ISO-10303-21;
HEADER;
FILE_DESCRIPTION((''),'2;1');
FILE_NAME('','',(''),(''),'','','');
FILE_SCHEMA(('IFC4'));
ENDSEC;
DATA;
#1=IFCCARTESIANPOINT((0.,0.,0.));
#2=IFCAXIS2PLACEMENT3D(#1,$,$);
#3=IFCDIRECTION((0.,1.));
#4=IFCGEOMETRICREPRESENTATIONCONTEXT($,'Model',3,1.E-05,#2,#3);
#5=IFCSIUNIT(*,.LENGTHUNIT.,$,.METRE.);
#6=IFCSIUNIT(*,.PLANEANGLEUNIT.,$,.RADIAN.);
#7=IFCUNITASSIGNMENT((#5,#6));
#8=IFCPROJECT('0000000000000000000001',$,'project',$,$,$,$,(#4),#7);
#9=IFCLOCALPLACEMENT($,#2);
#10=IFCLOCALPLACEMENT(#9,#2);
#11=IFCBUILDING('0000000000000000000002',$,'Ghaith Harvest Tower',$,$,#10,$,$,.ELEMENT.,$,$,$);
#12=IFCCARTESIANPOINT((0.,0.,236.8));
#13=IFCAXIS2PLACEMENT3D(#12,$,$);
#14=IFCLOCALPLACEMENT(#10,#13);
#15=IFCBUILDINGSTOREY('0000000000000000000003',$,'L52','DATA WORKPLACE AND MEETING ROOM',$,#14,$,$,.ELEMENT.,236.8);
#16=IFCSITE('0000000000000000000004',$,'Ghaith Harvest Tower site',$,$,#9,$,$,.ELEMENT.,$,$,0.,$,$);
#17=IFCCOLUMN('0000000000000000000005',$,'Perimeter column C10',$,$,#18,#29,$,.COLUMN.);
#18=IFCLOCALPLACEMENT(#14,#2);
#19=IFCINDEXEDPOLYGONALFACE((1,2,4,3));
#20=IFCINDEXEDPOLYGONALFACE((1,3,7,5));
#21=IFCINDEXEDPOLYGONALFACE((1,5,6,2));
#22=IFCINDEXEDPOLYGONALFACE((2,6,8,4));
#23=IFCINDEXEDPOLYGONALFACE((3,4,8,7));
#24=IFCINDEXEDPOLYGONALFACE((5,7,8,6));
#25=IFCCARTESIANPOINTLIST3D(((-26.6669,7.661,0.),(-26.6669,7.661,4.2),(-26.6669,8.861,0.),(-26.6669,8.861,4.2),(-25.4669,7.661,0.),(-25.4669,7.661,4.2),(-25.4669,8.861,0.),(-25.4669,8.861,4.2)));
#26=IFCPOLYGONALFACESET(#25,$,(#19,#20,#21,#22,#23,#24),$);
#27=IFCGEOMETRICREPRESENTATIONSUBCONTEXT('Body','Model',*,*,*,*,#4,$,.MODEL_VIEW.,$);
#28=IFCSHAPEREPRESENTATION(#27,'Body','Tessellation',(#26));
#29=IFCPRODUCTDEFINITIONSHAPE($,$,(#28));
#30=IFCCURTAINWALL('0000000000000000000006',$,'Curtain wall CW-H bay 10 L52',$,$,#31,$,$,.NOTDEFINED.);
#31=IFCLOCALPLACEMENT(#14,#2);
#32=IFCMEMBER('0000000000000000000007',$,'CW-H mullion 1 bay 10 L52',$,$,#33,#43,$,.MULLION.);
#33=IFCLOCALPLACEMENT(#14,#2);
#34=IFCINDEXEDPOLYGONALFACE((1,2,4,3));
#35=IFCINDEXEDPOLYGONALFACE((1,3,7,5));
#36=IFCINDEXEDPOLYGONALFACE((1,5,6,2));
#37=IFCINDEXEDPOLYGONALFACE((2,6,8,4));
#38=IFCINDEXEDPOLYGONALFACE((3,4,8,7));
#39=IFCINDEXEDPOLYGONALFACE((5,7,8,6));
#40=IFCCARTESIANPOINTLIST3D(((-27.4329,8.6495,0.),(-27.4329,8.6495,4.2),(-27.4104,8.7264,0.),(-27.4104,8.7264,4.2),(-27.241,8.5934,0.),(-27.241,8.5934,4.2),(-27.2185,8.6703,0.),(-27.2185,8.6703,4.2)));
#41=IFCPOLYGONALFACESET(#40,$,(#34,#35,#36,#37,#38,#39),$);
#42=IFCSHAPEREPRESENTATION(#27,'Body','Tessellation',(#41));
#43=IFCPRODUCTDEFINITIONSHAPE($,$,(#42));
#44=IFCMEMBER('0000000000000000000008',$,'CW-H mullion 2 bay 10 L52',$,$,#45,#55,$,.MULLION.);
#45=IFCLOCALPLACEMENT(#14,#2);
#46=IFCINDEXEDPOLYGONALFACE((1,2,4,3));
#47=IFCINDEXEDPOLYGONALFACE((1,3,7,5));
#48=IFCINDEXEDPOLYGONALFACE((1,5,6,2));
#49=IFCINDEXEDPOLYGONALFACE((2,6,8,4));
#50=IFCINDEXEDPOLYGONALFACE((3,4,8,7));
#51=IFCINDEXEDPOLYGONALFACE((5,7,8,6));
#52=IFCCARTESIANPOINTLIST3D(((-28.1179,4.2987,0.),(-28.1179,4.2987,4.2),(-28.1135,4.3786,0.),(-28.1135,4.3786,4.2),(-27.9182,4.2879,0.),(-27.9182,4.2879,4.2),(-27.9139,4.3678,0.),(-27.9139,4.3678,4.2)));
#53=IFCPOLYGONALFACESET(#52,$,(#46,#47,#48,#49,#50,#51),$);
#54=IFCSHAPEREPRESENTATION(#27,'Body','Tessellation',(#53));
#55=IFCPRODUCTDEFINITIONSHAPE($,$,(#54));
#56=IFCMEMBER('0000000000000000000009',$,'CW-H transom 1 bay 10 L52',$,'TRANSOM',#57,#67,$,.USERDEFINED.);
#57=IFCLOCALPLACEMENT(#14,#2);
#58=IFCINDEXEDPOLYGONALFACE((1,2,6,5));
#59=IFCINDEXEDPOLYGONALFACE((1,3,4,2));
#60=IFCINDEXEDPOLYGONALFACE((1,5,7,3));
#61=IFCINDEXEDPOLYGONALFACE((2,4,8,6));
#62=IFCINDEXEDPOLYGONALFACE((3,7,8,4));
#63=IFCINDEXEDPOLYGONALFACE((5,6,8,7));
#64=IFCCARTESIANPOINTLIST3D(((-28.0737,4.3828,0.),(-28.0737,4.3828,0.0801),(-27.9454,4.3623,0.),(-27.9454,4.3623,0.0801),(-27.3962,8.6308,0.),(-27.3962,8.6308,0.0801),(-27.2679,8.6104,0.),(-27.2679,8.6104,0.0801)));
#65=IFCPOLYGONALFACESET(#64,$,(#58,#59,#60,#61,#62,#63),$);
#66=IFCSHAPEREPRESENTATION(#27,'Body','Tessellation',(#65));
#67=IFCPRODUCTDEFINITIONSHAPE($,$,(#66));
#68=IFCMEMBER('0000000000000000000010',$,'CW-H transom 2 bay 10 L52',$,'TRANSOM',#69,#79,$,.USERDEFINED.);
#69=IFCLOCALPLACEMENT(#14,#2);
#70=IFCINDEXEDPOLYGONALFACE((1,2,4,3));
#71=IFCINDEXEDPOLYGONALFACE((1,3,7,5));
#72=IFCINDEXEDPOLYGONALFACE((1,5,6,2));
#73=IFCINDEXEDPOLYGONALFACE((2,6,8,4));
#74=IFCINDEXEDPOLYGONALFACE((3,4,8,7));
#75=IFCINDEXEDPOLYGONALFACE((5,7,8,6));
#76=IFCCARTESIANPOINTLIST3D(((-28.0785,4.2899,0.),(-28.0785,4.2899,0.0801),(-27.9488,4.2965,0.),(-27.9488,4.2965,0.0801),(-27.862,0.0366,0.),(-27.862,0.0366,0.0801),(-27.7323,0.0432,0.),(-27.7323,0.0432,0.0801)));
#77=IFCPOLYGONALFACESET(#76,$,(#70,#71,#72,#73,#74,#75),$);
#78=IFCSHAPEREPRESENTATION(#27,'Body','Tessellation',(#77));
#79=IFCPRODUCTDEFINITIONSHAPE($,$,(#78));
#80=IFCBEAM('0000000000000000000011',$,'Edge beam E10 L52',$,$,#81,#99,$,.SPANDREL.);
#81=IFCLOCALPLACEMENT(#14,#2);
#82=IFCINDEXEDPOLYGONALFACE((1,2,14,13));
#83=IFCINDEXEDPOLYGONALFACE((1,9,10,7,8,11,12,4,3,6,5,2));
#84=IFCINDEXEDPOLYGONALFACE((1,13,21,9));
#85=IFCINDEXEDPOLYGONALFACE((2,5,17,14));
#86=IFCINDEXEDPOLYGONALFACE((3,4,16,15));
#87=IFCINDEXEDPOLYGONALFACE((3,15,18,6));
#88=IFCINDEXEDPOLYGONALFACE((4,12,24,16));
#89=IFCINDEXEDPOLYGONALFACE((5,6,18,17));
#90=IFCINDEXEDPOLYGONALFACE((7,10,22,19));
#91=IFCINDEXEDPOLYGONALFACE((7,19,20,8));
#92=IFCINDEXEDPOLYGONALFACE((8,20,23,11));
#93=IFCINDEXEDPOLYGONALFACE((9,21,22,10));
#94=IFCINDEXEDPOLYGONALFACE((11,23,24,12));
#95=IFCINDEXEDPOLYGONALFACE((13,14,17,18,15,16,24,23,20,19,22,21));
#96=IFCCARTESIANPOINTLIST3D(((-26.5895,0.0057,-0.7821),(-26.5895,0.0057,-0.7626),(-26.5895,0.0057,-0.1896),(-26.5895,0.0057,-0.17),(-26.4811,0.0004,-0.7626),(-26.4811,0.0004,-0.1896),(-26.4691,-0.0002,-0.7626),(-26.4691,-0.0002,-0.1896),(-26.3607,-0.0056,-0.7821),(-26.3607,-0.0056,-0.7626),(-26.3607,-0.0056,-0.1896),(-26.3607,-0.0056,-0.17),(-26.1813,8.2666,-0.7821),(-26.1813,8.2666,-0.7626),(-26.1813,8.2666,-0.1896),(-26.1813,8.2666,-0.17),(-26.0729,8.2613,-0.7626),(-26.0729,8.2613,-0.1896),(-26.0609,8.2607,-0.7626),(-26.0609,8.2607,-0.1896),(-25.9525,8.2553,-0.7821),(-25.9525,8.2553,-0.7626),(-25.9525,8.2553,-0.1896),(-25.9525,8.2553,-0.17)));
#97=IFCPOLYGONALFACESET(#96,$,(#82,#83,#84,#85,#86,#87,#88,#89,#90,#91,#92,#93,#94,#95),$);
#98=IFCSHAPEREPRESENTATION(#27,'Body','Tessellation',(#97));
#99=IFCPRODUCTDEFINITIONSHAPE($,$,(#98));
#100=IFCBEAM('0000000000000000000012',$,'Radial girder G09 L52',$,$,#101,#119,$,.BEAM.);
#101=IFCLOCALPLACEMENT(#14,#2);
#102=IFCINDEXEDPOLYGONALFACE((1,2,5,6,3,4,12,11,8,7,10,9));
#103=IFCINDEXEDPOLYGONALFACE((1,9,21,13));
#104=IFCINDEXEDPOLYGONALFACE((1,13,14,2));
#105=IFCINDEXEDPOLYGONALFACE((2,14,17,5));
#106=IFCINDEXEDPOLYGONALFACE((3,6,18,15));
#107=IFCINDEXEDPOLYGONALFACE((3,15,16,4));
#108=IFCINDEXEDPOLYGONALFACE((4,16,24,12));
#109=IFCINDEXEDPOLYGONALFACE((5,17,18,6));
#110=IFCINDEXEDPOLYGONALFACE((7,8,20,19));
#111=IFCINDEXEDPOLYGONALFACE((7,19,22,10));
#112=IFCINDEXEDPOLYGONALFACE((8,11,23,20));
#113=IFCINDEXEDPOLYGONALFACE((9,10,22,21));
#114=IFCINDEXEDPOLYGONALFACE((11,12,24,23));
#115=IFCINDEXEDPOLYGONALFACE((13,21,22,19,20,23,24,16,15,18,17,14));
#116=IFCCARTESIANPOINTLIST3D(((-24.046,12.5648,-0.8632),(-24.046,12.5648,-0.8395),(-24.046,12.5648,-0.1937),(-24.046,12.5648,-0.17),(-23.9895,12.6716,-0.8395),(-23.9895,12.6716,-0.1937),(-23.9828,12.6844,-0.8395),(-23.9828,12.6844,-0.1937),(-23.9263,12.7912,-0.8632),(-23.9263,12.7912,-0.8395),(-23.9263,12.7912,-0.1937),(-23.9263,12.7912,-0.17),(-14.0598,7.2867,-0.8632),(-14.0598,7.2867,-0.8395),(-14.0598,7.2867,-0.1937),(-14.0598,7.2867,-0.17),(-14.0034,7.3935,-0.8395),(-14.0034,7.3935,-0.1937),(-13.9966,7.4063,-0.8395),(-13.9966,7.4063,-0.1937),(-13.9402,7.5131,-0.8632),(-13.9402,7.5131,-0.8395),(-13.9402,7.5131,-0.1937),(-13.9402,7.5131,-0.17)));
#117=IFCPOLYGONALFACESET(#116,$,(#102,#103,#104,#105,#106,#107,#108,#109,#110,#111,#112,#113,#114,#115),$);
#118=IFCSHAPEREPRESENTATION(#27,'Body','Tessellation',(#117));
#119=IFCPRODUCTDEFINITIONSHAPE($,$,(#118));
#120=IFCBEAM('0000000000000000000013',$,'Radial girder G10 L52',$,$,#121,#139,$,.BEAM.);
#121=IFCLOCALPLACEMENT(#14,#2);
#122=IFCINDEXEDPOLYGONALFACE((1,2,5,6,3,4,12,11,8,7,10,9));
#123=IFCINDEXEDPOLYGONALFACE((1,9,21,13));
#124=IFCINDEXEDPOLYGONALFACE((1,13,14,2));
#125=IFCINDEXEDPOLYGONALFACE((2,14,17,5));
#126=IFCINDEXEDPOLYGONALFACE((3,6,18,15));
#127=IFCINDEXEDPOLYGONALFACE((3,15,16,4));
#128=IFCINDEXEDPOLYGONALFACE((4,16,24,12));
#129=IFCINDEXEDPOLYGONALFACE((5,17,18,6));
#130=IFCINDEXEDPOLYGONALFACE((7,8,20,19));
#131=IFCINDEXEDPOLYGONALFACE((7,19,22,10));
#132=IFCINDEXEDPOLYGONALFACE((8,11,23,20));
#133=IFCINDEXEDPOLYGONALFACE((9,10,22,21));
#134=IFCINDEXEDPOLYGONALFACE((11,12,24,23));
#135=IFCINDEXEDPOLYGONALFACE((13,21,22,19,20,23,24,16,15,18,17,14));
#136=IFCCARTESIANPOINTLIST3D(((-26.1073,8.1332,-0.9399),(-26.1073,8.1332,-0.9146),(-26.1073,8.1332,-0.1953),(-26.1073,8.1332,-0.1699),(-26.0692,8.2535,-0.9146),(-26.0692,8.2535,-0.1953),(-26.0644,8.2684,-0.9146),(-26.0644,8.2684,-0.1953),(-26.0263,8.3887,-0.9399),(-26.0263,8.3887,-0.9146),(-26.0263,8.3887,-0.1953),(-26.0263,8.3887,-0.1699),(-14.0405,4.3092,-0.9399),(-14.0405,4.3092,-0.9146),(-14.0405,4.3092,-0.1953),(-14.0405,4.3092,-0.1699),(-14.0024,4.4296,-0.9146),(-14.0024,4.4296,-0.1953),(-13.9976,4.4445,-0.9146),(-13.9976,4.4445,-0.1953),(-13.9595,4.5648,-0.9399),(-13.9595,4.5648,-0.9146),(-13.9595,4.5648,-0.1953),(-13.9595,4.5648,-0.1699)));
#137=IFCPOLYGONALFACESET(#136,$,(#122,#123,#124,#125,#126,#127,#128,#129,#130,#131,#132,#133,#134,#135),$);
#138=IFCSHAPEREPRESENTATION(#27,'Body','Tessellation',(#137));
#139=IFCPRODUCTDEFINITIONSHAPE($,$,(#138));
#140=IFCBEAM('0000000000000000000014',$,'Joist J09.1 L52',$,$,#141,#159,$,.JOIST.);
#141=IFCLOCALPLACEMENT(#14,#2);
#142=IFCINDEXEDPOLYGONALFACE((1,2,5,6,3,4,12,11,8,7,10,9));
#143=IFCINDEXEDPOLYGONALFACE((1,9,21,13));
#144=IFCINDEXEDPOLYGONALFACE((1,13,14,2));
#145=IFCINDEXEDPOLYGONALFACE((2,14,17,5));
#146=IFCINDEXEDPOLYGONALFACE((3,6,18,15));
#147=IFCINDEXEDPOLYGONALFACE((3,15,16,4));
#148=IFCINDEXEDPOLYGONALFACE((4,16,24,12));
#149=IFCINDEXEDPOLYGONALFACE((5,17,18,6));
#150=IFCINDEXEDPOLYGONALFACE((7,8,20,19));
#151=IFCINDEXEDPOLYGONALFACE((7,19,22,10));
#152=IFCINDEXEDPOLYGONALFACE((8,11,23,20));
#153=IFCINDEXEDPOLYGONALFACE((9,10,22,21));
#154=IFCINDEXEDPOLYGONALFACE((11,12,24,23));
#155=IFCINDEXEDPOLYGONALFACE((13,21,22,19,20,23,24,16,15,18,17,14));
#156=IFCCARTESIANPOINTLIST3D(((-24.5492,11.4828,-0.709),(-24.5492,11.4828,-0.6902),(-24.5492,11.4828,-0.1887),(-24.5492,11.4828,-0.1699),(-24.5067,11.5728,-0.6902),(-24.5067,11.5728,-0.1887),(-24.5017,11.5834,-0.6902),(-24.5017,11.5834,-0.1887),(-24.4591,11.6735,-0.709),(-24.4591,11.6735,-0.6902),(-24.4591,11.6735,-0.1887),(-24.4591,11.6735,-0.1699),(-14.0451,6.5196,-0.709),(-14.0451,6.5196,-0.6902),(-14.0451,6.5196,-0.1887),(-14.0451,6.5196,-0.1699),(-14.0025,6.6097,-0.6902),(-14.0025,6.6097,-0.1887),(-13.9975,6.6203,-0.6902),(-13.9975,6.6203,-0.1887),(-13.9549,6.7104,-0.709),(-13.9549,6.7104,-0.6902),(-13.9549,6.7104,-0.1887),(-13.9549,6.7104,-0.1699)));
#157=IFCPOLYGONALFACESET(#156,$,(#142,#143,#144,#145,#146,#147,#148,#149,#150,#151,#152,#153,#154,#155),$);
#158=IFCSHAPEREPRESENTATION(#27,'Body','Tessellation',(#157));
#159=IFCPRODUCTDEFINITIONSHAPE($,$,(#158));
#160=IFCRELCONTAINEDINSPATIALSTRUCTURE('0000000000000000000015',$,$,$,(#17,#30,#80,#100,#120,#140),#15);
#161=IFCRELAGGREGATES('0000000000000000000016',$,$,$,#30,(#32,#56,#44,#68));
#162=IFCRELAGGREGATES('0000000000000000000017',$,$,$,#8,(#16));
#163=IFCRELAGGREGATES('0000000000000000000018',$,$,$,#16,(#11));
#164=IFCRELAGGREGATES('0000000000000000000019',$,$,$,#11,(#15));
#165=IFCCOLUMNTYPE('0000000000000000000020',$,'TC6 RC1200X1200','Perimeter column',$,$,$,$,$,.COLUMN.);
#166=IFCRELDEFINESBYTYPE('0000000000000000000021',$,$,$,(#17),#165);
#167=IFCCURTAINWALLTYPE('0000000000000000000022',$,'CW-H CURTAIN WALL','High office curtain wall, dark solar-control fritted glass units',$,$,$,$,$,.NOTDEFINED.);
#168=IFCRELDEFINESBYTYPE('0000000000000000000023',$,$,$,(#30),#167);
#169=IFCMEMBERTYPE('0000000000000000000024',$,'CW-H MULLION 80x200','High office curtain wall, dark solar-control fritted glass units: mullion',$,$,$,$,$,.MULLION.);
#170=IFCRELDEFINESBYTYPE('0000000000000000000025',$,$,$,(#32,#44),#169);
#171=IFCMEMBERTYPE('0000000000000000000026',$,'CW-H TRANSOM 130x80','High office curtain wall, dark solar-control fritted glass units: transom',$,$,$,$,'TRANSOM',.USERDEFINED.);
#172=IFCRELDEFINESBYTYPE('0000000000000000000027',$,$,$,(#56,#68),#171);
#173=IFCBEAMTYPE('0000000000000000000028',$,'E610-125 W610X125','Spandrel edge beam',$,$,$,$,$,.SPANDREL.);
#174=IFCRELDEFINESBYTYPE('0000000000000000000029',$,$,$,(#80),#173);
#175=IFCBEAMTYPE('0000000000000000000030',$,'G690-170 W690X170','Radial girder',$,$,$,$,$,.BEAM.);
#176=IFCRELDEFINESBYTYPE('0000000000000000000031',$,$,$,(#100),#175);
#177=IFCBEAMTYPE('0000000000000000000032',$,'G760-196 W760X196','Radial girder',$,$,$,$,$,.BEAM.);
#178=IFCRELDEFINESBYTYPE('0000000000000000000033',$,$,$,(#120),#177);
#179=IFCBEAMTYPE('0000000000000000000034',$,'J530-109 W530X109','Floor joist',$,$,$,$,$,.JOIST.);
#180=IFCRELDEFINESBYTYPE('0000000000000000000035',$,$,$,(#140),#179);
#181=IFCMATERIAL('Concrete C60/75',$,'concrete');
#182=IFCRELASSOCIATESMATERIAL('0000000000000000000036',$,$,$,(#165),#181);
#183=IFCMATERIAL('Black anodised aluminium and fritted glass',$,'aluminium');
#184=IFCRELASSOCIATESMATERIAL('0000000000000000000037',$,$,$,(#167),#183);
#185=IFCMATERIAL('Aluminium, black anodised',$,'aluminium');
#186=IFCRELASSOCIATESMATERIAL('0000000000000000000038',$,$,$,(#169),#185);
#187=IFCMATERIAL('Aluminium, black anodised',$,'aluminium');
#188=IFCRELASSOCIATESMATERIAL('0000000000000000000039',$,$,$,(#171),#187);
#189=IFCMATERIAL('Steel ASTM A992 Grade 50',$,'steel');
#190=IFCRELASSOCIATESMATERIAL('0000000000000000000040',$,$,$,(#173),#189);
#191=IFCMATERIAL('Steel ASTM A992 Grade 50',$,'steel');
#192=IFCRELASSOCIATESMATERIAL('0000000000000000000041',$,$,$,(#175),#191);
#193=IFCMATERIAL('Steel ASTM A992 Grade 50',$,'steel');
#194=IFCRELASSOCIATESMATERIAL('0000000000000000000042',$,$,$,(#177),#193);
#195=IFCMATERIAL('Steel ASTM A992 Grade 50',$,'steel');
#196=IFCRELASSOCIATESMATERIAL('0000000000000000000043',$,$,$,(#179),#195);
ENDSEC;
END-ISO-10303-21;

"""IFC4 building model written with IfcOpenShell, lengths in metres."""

from ifc_helpers import new_model, si_unit, direction, frame, origin, origin_2d, place, context, subcontext, project, spatial, rectangle, i_section, extrude, material, material_profile, profile_set, type_object, element, aggregate, save


model = new_model("IFC4")

# Units and contexts
model_context = context("Model", 3, precision=1e-05, world=origin(), true_north=direction((0.0, 1.0)))
body_context = subcontext(model_context, "Body", "Model", "MODEL_VIEW")
ifc_project = project(units=[si_unit("LENGTHUNIT", "METRE"), si_unit("PLANEANGLEUNIT", "RADIAN")], contexts=[model_context])

# Site, building, storey
site_placement = place(None, origin())
site = spatial("IfcSite", under=ifc_project, at=site_placement, Name="Ghaith Harvest Tower site", CompositionType="ELEMENT", RefElevation=0.0)
building_placement = place(site_placement, origin())
building = spatial("IfcBuilding", under=site, at=building_placement, Name="Ghaith Harvest Tower", CompositionType="ELEMENT")
storey_placement = place(building_placement, frame((0.0, 0.0, 236.8)))
storey = spatial("IfcBuildingStorey", under=building, at=storey_placement, Name="L52", Description="DATA WORKPLACE AND MEETING ROOM", CompositionType="ELEMENT", Elevation=236.8)

# Column
ifc_material_1 = material(Name="Concrete C60/75", Category="concrete")
ifc_material_profile_1 = material_profile(ifc_material_1, rectangle(XDim=1.2, YDim=1.2, at=origin_2d()), Name="RC1200X1200")
ifc_profile_set_1 = profile_set([ifc_material_profile_1], Name="Concrete C60/75")
column_type = type_object("IfcColumnType", Name="TC6 RC1200X1200", Description="Perimeter column", PredefinedType="COLUMN", material=ifc_profile_set_1)
column_placement = place(storey_placement, frame((-26.0669, 8.261, 0.0), z_axis=(0.0, 0.0, 1.0), x_axis=(1.0, 0.0, 0.0)))
element("IfcColumn", 1, at=column_placement, inside=storey, type_object=column_type, Name="Perimeter column C10", PredefinedType="COLUMN", context=body_context, shape_type="SweptSolid", body=[
    extrude(rectangle(XDim=1.2, YDim=1.2, at=origin_2d()), origin(), (0.0, 0.0, 1.0), 4.2),
])

# Curtain wall, members
ifc_material_2 = material(Name="Black anodised aluminium and fritted glass", Category="aluminium")
curtain_wall_type = type_object("IfcCurtainWallType", Name="CW-H CURTAIN WALL", Description="High office curtain wall, dark solar-control fritted glass units", PredefinedType="NOTDEFINED", material=ifc_material_2)
curtain_wall_placement = place(storey_placement, origin())
curtain_wall = element("IfcCurtainWall", 2, at=curtain_wall_placement, inside=storey, type_object=curtain_wall_type, Name="Curtain wall CW-H bay 10 L52", PredefinedType="NOTDEFINED")
ifc_material_3 = material(Name="Aluminium, black anodised", Category="aluminium")
ifc_material_profile_2 = material_profile(ifc_material_3, rectangle(XDim=0.0801, YDim=0.2, at=origin_2d()), Name="CW-H MULLION 80x200")
ifc_profile_set_2 = profile_set([ifc_material_profile_2], Name="Aluminium, black anodised")
member_type_1 = type_object("IfcMemberType", Name="CW-H MULLION 80x200", Description="High office curtain wall, dark solar-control fritted glass units: mullion", PredefinedType="MULLION", material=ifc_profile_set_2)
member_1_placement = place(storey_placement, frame((-27.3257, 8.6599, 0.0), z_axis=(0.0, 0.0, 1.0), x_axis=(-0.28052, -0.959848, 0.0)))
member_1 = element("IfcMember", 3, at=member_1_placement, type_object=member_type_1, Name="CW-H mullion 1 bay 10 L52", PredefinedType="MULLION", context=body_context, shape_type="SweptSolid", body=[
    extrude(rectangle(XDim=0.0801, YDim=0.2, at=origin_2d()), origin(), (0.0, 0.0, 1.0), 4.2),
])
member_2_placement = place(storey_placement, frame((-28.0159, 4.3333, 0.0), z_axis=(0.0, 0.0, 1.0), x_axis=(-0.054116, -0.998535, 0.0)))
member_2 = element("IfcMember", 4, at=member_2_placement, type_object=member_type_1, Name="CW-H mullion 2 bay 10 L52", PredefinedType="MULLION", context=body_context, shape_type="SweptSolid", body=[
    extrude(rectangle(XDim=0.0801, YDim=0.2, at=origin_2d()), origin(), (0.0, 0.0, 1.0), 4.2),
])
ifc_material_4 = material(Name="Aluminium, black anodised", Category="aluminium")
ifc_material_profile_3 = material_profile(ifc_material_4, rectangle(XDim=0.1299, YDim=0.0801, at=origin_2d()), Name="CW-H TRANSOM 130x80")
ifc_profile_set_3 = profile_set([ifc_material_profile_3], Name="Aluminium, black anodised")
member_type_2 = type_object("IfcMemberType", Name="CW-H TRANSOM 130x80", Description="High office curtain wall, dark solar-control fritted glass units: transom", ElementType="TRANSOM", PredefinedType="USERDEFINED", material=ifc_profile_set_3)
member_3_placement = place(storey_placement, frame((-27.332, 8.6206, 0.04), z_axis=(-0.157492, -0.98752, 0.0), x_axis=(0.98752, -0.157492, 0.0)))
member_3 = element("IfcMember", 5, at=member_3_placement, type_object=member_type_2, Name="CW-H transom 1 bay 10 L52", ObjectType="TRANSOM", PredefinedType="USERDEFINED", context=body_context, shape_type="SweptSolid", body=[
    extrude(rectangle(XDim=0.1299, YDim=0.0801, at=origin_2d()), origin(), (0.0, 0.0, 1.0), 4.3018),
])
member_4_placement = place(storey_placement, frame((-28.0137, 4.2932, 0.04), z_axis=(0.05085, -0.998706, 0.0), x_axis=(0.998706, 0.05085, 0.0)))
member_4 = element("IfcMember", 6, at=member_4_placement, type_object=member_type_2, Name="CW-H transom 2 bay 10 L52", ObjectType="TRANSOM", PredefinedType="USERDEFINED", context=body_context, shape_type="SweptSolid", body=[
    extrude(rectangle(XDim=0.1299, YDim=0.0801, at=origin_2d()), origin(), (0.0, 0.0, 1.0), 4.2588),
])

# Beams
ifc_material_5 = material(Name="Steel ASTM A992 Grade 50", Category="steel")
ifc_material_profile_4 = material_profile(ifc_material_5, i_section(OverallWidth=0.229, OverallDepth=0.6121, WebThickness=0.012, FlangeThickness=0.0195, at=origin_2d()), Name="W610X125")
ifc_profile_set_4 = profile_set([ifc_material_profile_4], Name="Steel ASTM A992 Grade 50")
beam_type_1 = type_object("IfcBeamType", Name="E610-125 W610X125", Description="Spandrel edge beam", PredefinedType="SPANDREL", material=ifc_profile_set_4)
beam_1_placement = place(storey_placement, frame((-26.0669, 8.261, -0.4761), z_axis=(-0.049353, -0.998781, 0.0), x_axis=(0.998781, -0.049353, 0.0)))
element("IfcBeam", 7, at=beam_1_placement, inside=storey, type_object=beam_type_1, Name="Edge beam E10 L52", PredefinedType="SPANDREL", context=body_context, shape_type="SweptSolid", body=[
    extrude(i_section(OverallWidth=0.229, OverallDepth=0.6121, WebThickness=0.012, FlangeThickness=0.0195, at=origin_2d()), origin(), (0.0, 0.0, 1.0), 8.271),
])
ifc_material_6 = material(Name="Steel ASTM A992 Grade 50", Category="steel")
ifc_material_profile_5 = material_profile(ifc_material_6, i_section(OverallWidth=0.2561, OverallDepth=0.6931, WebThickness=0.0144, FlangeThickness=0.0237, at=origin_2d()), Name="W690X170")
ifc_profile_set_5 = profile_set([ifc_material_profile_5], Name="Steel ASTM A992 Grade 50")
beam_type_2 = type_object("IfcBeamType", Name="G690-170 W690X170", Description="Radial girder", PredefinedType="BEAM", material=ifc_profile_set_5)
beam_2_placement = place(storey_placement, frame((-14.0, 7.3999, -0.5166), z_axis=(-0.884105, 0.467288, 0.0), x_axis=(-0.467288, -0.884105, 0.0)))
element("IfcBeam", 8, at=beam_2_placement, inside=storey, type_object=beam_type_2, Name="Radial girder G09 L52", PredefinedType="BEAM", context=body_context, shape_type="SweptSolid", body=[
    extrude(i_section(OverallWidth=0.2561, OverallDepth=0.6931, WebThickness=0.0144, FlangeThickness=0.0237, at=origin_2d()), origin(), (0.0, 0.0, 1.0), 11.2952),
])
ifc_material_7 = material(Name="Steel ASTM A992 Grade 50", Category="steel")
ifc_material_profile_6 = material_profile(ifc_material_7, i_section(OverallWidth=0.2681, OverallDepth=0.77, WebThickness=0.0156, FlangeThickness=0.0254, at=origin_2d()), Name="W760X196")
ifc_profile_set_6 = profile_set([ifc_material_profile_6], Name="Steel ASTM A992 Grade 50")
beam_type_3 = type_object("IfcBeamType", Name="G760-196 W760X196", Description="Radial girder", PredefinedType="BEAM", material=ifc_profile_set_6)
beam_3_placement = place(storey_placement, frame((-14.0, 4.437, -0.5549), z_axis=(-0.953279, 0.302092, 0.0), x_axis=(-0.302092, -0.953279, 0.0)))
element("IfcBeam", 9, at=beam_3_placement, inside=storey, type_object=beam_type_3, Name="Radial girder G10 L52", PredefinedType="BEAM", context=body_context, shape_type="SweptSolid", body=[
    extrude(i_section(OverallWidth=0.2681, OverallDepth=0.77, WebThickness=0.0156, FlangeThickness=0.0254, at=origin_2d()), origin(), (0.0, 0.0, 1.0), 12.6582),
])
ifc_material_8 = material(Name="Steel ASTM A992 Grade 50", Category="steel")
ifc_material_profile_7 = material_profile(ifc_material_8, i_section(OverallWidth=0.2109, OverallDepth=0.5391, WebThickness=0.0117, FlangeThickness=0.0188, at=origin_2d()), Name="W530X109")
ifc_profile_set_7 = profile_set([ifc_material_profile_7], Name="Steel ASTM A992 Grade 50")
beam_type_4 = type_object("IfcBeamType", Name="J530-109 W530X109", Description="Floor joist", PredefinedType="JOIST", material=ifc_profile_set_7)
beam_4_placement = place(storey_placement, frame((-14.0, 6.615, -0.4395), z_axis=(-0.904154, 0.427206, 0.0), x_axis=(-0.427206, -0.904154, 0.0)))
element("IfcBeam", 10, at=beam_4_placement, inside=storey, type_object=beam_type_4, Name="Joist J09.1 L52", PredefinedType="JOIST", context=body_context, shape_type="SweptSolid", body=[
    extrude(i_section(OverallWidth=0.2109, OverallDepth=0.5391, WebThickness=0.0117, FlangeThickness=0.0188, at=origin_2d()), origin(), (0.0, 0.0, 1.0), 11.6177),
])

aggregate(curtain_wall, [member_1, member_3, member_2, member_4])

save(model, "model.ifc")
